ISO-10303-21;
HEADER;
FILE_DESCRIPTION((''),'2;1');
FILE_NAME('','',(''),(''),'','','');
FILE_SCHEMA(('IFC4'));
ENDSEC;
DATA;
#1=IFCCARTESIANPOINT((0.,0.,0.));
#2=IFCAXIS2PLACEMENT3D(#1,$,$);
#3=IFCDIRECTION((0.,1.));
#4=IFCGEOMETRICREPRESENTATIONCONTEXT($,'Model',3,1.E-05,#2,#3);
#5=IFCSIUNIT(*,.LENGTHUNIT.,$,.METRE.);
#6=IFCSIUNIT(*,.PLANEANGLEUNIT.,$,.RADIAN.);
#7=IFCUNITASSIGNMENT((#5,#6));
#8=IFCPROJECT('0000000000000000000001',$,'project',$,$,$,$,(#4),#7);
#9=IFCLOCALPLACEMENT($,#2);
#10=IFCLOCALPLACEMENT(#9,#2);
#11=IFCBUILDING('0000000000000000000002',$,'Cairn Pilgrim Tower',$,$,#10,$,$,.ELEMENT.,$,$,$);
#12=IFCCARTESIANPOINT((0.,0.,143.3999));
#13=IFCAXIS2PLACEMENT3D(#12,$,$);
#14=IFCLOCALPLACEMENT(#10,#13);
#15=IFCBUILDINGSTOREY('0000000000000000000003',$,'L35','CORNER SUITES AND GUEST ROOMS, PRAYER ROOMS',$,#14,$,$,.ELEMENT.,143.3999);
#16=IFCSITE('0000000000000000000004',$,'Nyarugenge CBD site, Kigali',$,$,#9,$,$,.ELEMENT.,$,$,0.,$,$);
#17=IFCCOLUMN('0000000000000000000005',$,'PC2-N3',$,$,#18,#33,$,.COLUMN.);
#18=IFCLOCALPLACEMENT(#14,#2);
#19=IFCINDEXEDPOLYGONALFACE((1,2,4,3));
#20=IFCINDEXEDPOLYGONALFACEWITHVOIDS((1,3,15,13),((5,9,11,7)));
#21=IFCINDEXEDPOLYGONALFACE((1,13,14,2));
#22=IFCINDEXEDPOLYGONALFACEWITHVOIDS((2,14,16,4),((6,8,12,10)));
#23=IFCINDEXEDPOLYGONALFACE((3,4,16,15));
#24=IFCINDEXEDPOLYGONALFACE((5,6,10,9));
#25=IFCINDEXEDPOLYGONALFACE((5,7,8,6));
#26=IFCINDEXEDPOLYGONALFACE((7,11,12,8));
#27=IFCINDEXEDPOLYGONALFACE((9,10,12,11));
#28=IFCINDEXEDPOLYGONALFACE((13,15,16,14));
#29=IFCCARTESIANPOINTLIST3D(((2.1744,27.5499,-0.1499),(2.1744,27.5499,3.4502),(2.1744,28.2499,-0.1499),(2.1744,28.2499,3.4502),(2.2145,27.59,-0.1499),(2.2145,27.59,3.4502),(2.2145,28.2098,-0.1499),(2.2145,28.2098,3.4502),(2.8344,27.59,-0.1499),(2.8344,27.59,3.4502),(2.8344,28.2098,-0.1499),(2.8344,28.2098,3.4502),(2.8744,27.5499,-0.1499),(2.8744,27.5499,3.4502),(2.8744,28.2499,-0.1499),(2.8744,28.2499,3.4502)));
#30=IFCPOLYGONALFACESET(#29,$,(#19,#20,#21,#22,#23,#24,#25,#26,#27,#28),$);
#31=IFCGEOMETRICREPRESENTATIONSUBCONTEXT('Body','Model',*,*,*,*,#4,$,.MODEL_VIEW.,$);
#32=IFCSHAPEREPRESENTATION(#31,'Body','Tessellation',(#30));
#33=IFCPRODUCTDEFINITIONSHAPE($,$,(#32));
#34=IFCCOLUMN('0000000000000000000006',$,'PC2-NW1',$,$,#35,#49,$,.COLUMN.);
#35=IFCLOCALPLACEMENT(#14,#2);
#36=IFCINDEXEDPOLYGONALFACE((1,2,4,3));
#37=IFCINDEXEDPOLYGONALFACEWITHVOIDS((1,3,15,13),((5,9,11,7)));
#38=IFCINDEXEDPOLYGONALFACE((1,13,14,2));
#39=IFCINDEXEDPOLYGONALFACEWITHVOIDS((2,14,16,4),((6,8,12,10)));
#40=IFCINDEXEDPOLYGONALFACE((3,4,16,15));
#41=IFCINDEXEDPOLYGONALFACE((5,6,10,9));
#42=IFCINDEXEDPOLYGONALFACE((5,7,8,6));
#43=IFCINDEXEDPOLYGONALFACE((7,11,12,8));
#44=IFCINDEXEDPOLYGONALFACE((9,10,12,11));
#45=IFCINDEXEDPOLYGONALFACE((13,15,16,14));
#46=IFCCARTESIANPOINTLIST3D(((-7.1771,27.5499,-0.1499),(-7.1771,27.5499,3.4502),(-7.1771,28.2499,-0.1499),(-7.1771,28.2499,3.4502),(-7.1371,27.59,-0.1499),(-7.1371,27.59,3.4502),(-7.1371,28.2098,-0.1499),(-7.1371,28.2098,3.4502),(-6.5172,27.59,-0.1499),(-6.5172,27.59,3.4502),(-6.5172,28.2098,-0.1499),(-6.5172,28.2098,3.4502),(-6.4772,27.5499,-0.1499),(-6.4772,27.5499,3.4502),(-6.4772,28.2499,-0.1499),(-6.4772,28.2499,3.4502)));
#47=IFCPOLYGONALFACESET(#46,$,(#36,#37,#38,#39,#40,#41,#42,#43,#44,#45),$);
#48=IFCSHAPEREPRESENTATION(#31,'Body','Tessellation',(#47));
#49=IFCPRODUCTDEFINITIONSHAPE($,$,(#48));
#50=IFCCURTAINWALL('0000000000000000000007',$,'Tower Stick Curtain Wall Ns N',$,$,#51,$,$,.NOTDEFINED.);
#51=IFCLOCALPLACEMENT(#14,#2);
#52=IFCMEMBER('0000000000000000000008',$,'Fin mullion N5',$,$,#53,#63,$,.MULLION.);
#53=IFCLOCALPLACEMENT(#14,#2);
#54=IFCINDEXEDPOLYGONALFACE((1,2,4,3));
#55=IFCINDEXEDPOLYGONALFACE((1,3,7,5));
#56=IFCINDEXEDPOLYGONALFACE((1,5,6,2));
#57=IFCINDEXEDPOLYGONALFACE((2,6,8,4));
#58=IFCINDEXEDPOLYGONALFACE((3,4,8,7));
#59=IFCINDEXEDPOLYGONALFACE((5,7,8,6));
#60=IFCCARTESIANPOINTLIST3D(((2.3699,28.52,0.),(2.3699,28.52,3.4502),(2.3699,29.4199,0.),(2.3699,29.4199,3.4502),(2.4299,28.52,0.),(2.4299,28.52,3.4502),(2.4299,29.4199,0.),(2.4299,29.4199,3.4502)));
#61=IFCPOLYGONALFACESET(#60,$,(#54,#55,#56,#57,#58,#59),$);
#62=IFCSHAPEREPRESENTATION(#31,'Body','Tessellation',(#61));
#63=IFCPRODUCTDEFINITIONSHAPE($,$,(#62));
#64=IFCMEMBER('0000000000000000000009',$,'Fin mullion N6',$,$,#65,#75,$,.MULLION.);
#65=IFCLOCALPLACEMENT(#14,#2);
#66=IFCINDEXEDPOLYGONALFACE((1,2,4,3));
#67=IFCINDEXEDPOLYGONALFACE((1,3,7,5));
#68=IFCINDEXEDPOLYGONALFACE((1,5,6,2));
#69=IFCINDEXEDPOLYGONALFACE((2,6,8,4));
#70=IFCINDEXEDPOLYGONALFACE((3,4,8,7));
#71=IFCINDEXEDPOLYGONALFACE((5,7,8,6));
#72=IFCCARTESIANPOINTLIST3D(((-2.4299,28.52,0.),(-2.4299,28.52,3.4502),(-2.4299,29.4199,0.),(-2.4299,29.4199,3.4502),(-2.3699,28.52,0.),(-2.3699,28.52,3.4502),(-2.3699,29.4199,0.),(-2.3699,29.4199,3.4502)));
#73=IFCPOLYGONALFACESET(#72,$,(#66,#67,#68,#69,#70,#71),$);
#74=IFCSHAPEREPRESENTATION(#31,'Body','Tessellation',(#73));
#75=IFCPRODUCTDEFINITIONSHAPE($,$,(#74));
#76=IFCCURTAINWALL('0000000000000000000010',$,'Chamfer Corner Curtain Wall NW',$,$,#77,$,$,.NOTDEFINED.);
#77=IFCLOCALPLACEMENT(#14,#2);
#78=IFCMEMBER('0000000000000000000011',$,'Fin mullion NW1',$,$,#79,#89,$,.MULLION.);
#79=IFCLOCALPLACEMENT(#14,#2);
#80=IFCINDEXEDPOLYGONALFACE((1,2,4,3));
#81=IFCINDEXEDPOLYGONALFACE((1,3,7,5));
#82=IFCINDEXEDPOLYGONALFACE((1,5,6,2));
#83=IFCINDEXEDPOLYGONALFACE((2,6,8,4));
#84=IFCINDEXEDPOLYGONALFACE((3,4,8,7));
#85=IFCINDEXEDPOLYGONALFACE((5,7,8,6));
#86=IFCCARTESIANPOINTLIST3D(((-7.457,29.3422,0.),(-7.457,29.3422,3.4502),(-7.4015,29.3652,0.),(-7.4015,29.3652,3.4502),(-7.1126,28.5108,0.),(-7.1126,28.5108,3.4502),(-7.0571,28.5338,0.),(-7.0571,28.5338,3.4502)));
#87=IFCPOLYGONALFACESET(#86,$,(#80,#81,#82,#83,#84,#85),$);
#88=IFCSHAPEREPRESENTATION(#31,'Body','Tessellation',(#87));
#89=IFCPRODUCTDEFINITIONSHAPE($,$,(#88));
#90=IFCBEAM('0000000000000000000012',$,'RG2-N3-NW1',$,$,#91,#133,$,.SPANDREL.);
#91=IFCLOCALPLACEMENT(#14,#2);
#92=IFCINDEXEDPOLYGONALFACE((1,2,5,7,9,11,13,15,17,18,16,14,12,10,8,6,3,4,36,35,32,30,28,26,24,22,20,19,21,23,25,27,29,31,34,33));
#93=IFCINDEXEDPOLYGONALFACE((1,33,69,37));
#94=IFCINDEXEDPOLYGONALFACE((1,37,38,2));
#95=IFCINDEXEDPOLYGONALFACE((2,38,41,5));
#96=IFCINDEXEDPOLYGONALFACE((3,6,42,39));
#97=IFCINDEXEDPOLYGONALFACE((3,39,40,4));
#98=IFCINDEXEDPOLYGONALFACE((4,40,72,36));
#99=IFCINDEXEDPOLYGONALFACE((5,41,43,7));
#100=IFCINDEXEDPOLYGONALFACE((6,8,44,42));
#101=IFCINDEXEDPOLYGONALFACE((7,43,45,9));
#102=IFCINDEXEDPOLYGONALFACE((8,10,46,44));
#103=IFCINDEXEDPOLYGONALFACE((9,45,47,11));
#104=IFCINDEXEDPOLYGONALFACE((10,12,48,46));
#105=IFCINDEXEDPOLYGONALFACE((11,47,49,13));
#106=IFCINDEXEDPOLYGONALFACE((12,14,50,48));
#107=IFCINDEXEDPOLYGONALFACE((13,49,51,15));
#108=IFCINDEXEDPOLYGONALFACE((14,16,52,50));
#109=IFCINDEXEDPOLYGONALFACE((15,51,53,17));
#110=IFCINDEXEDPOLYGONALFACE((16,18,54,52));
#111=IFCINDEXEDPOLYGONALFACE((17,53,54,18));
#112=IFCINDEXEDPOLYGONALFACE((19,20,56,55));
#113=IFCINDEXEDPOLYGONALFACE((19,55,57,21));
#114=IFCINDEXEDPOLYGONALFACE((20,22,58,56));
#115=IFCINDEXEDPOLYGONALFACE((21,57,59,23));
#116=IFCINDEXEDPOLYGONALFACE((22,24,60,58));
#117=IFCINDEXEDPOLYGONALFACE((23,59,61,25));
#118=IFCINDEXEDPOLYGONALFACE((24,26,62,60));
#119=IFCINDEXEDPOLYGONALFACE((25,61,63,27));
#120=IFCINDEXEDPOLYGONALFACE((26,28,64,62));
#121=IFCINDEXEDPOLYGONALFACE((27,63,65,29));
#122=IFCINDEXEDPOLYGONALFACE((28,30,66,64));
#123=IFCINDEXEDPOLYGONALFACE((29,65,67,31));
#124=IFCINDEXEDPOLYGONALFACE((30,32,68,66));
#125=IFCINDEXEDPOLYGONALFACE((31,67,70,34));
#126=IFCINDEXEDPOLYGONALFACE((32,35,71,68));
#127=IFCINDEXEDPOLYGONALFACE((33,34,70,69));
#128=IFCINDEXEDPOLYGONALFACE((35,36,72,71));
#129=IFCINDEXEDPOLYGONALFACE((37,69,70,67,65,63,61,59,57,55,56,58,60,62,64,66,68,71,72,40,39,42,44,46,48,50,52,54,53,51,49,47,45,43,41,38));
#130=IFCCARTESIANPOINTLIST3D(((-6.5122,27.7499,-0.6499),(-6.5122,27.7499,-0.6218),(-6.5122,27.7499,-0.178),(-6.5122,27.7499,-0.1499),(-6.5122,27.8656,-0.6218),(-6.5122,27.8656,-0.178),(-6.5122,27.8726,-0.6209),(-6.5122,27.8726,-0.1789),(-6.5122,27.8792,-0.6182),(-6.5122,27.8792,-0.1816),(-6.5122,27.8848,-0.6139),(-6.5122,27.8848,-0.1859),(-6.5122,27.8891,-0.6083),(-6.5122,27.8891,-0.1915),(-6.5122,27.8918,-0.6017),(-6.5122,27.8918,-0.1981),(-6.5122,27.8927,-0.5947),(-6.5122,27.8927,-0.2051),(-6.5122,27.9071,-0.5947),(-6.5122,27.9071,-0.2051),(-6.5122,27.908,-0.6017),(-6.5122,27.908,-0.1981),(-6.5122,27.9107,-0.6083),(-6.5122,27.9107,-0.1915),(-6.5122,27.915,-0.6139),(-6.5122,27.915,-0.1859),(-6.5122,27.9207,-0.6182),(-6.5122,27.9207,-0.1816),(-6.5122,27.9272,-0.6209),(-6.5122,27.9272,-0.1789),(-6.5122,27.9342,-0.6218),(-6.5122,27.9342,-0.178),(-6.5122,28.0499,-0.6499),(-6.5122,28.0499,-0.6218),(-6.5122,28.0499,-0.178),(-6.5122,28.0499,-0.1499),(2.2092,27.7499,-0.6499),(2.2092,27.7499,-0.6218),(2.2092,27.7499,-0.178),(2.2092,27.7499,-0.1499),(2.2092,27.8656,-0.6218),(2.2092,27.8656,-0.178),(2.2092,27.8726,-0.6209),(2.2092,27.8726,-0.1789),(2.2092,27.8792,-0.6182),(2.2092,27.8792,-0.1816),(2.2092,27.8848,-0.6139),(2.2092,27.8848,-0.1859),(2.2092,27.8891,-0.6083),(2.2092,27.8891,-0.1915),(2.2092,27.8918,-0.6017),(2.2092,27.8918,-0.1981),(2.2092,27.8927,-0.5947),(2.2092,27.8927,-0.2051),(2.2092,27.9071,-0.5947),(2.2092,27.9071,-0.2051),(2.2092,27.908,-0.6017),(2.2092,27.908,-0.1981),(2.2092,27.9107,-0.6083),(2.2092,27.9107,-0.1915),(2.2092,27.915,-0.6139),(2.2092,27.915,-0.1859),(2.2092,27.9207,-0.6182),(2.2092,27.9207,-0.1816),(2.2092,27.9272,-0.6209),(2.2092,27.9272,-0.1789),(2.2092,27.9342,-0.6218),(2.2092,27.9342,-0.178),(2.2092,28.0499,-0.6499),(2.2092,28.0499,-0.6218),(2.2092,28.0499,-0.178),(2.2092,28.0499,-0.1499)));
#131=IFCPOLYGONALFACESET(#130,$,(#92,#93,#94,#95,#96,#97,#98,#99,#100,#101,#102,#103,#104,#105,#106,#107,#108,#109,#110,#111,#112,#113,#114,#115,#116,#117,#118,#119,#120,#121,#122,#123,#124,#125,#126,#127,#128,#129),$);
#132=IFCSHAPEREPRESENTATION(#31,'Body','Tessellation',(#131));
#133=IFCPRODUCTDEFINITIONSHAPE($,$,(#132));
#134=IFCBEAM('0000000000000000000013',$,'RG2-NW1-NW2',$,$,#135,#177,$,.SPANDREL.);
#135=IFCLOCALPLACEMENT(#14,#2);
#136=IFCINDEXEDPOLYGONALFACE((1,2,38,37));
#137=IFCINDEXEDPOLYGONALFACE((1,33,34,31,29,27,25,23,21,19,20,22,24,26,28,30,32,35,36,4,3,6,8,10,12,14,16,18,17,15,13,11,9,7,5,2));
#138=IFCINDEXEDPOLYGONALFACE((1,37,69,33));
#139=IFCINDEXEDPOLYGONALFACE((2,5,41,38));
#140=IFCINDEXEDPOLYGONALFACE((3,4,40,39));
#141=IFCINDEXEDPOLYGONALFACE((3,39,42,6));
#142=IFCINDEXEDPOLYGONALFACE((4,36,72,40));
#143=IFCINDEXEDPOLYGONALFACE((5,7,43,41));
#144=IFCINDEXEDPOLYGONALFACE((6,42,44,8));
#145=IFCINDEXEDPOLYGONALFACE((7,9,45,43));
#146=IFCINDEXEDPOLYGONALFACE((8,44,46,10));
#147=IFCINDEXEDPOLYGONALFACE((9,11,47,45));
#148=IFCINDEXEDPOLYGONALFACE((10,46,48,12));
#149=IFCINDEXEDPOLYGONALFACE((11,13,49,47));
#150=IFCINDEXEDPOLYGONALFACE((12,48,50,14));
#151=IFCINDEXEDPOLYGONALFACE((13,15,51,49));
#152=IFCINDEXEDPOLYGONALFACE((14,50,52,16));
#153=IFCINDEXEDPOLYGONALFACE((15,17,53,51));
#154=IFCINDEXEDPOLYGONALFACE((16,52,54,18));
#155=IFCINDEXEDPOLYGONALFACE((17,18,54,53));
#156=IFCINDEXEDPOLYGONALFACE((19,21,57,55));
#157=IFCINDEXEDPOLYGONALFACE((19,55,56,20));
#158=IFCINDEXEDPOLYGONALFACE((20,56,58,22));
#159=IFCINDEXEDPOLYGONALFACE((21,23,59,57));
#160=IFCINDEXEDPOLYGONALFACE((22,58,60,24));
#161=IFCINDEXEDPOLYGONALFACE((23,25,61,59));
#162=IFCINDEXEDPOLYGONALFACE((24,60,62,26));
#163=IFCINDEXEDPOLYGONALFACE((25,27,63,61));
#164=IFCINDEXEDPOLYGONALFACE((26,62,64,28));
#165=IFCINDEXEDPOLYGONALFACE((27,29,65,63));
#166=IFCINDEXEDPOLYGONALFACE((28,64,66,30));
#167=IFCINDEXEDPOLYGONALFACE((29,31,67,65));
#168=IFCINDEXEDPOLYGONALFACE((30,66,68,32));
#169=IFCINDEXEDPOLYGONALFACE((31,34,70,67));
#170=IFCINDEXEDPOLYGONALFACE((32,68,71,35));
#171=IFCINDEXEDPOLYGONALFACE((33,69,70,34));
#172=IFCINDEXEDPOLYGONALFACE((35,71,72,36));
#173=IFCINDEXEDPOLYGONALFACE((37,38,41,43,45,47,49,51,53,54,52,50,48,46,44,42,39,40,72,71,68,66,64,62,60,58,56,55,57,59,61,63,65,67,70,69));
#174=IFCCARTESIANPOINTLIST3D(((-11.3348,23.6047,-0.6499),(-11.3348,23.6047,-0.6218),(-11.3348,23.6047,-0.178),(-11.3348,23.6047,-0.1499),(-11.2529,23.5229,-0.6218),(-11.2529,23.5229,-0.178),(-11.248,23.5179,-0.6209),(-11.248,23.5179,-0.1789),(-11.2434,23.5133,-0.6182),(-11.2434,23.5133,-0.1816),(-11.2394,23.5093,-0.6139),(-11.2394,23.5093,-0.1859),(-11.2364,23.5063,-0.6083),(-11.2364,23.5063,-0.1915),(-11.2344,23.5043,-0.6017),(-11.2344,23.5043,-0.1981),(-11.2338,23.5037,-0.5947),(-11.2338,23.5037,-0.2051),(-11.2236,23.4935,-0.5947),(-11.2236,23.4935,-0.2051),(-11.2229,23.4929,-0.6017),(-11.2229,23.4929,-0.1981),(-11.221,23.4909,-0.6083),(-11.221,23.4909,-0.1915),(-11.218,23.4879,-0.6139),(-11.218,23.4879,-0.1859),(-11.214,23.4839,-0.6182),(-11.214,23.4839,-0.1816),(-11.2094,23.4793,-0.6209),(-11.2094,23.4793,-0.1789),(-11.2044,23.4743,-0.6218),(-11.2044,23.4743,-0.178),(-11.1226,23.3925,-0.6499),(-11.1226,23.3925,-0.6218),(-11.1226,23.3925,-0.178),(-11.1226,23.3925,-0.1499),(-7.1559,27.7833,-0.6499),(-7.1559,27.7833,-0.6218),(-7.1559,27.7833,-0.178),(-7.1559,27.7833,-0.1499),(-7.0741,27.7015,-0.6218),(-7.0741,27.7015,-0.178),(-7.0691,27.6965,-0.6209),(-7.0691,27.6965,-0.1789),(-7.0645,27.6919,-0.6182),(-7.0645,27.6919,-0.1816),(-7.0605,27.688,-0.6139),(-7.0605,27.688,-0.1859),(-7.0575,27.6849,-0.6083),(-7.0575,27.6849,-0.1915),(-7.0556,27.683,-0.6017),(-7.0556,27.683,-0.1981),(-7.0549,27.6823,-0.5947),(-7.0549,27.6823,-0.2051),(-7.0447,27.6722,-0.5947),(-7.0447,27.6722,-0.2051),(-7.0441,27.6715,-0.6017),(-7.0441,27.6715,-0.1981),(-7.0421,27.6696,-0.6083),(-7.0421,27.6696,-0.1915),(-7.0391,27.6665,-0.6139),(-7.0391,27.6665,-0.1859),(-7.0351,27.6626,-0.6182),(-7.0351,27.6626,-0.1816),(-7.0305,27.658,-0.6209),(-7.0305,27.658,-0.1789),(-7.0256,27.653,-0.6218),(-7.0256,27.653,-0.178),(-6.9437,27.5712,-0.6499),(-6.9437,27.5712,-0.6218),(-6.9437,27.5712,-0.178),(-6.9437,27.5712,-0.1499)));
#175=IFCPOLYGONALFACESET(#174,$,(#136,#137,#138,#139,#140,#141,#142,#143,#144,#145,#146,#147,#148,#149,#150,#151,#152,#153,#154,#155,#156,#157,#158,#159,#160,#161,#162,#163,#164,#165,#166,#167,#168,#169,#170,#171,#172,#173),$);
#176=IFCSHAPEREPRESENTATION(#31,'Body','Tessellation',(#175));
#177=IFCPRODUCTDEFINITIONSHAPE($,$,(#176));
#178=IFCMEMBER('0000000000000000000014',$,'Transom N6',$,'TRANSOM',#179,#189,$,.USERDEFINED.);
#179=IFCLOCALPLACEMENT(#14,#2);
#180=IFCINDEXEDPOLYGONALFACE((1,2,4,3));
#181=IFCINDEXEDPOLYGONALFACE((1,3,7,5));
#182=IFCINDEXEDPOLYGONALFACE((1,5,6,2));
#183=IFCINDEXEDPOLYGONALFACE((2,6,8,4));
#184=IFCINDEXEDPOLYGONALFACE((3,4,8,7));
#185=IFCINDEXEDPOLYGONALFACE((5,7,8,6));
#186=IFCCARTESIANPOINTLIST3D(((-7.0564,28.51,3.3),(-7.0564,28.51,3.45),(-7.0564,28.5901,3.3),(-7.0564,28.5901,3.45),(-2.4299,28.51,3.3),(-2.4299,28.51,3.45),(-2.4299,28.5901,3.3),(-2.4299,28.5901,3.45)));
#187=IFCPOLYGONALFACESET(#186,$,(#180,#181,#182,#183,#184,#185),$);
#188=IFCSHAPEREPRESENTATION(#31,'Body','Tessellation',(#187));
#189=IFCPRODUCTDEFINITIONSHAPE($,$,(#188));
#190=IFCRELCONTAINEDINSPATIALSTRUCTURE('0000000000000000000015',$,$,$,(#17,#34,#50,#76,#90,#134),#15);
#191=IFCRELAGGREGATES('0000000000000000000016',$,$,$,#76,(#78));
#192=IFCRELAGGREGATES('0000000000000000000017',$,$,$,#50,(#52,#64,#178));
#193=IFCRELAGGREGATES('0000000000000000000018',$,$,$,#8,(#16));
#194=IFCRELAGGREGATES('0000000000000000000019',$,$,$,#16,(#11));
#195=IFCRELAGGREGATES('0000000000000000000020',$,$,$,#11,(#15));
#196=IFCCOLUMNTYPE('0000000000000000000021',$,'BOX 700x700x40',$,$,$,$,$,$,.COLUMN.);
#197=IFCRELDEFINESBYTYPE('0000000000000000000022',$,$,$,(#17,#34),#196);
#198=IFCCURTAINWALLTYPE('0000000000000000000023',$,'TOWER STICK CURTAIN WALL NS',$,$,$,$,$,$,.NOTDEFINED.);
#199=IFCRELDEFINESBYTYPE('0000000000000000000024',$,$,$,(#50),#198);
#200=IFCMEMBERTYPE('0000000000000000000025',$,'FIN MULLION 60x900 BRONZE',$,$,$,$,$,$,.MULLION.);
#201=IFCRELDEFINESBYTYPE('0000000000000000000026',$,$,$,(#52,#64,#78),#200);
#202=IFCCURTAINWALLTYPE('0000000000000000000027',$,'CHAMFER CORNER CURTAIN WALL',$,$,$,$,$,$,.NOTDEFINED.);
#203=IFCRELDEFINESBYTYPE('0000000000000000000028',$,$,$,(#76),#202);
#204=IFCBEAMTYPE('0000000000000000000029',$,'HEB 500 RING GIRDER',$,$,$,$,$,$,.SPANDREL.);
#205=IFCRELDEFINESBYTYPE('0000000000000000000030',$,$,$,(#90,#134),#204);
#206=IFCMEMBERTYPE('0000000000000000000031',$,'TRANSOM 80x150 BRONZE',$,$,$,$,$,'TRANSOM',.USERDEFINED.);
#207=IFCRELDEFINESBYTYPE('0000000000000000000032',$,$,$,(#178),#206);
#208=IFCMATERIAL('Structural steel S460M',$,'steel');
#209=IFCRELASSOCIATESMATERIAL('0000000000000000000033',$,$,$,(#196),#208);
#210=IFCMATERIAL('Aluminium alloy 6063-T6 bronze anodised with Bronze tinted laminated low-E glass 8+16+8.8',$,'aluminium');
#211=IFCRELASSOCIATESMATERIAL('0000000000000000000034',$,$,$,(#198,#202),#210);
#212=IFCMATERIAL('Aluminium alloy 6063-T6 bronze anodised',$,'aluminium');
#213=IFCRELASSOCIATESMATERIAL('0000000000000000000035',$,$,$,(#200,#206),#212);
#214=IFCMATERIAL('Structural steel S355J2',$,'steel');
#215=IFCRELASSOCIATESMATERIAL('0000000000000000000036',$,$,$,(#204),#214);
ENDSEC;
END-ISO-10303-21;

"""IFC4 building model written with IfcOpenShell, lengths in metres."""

from ifc_helpers import new_model, si_unit, direction, frame, origin, origin_2d, place, context, subcontext, project, spatial, rectangle, hollow_rectangle, i_section, extrude, material, material_profile, profile_set, type_object, element, aggregate, save


model = new_model("IFC4")

# Units and contexts
model_context = context("Model", 3, precision=1e-05, world=origin(), true_north=direction((0.0, 1.0)))
body_context = subcontext(model_context, "Body", "Model", "MODEL_VIEW")
ifc_project = project(units=[si_unit("LENGTHUNIT", "METRE"), si_unit("PLANEANGLEUNIT", "RADIAN")], contexts=[model_context])

# Site, building, storey
site_placement = place(None, origin())
site = spatial("IfcSite", under=ifc_project, at=site_placement, Name="Nyarugenge CBD site, Kigali", CompositionType="ELEMENT", RefElevation=0.0)
building_placement = place(site_placement, origin())
building = spatial("IfcBuilding", under=site, at=building_placement, Name="Cairn Pilgrim Tower", CompositionType="ELEMENT")
storey_placement = place(building_placement, frame((0.0, 0.0, 143.3999)))
storey = spatial("IfcBuildingStorey", under=building, at=storey_placement, Name="L35", Description="CORNER SUITES AND GUEST ROOMS, PRAYER ROOMS", CompositionType="ELEMENT", Elevation=143.3999)

# Columns
ifc_material_1 = material(Name="Structural steel S460M", Category="steel")
ifc_material_profile_1 = material_profile(ifc_material_1, hollow_rectangle(XDim=0.7, YDim=0.7, WallThickness=0.04, at=origin_2d()), Name="BOX 700x700x40")
ifc_profile_set_1 = profile_set([ifc_material_profile_1], Name="Structural steel S460M")
column_type = type_object("IfcColumnType", Name="BOX 700x700x40", PredefinedType="COLUMN", material=ifc_profile_set_1)
for number, where, z_axis, x_axis, name in (
    (1, (2.5244, 27.8999, -0.1499), (0.0, 0.0, 1.0), (1.0, 0.0, 0.0), "PC2-N3"),
    (2, (-6.8271, 27.8999, -0.1499), (0.0, 0.0, 1.0), (1.0, 0.0, 0.0), "PC2-NW1"),
):
    element("IfcColumn", number, at=place(storey_placement, frame(where, z_axis=z_axis, x_axis=x_axis)), inside=storey, type_object=column_type, Name=name, PredefinedType="COLUMN", context=body_context, shape_type="SweptSolid", body=[
        extrude(hollow_rectangle(XDim=0.7, YDim=0.7, WallThickness=0.04, at=origin_2d()), origin(), (0.0, 0.0, 1.0), 3.6001),
    ])

# Curtain wall, members
ifc_material_2 = material(Name="Aluminium alloy 6063-T6 bronze anodised with Bronze tinted laminated low-E glass 8+16+8.8", Category="aluminium")
curtain_wall_type_1 = type_object("IfcCurtainWallType", Name="TOWER STICK CURTAIN WALL NS", PredefinedType="NOTDEFINED", material=ifc_material_2)
curtain_wall_1_placement = place(storey_placement, origin())
curtain_wall_1 = element("IfcCurtainWall", 3, at=curtain_wall_1_placement, inside=storey, type_object=curtain_wall_type_1, Name="Tower Stick Curtain Wall Ns N", PredefinedType="NOTDEFINED")
ifc_material_3 = material(Name="Aluminium alloy 6063-T6 bronze anodised", Category="aluminium")
ifc_material_profile_2 = material_profile(ifc_material_3, rectangle(XDim=0.8999, YDim=0.0601, at=origin_2d()), Name="FIN MULLION 60x900 BRONZE")
ifc_profile_set_2 = profile_set([ifc_material_profile_2], Name="Aluminium alloy 6063-T6 bronze anodised")
member_type_1 = type_object("IfcMemberType", Name="FIN MULLION 60x900 BRONZE", PredefinedType="MULLION", material=ifc_profile_set_2)
member_1_placement = place(storey_placement, frame((2.3999, 28.97, 0.0), z_axis=(0.0, 0.0, 1.0), x_axis=(0.0, 1.0, 0.0)))
member_1 = element("IfcMember", 4, at=member_1_placement, type_object=member_type_1, Name="Fin mullion N5", PredefinedType="MULLION", context=body_context, shape_type="SweptSolid", body=[
    extrude(rectangle(XDim=0.8999, YDim=0.0601, at=origin_2d()), origin(), (0.0, 0.0, 1.0), 3.4502),
])
member_2_placement = place(storey_placement, frame((-2.3999, 28.97, 0.0), z_axis=(0.0, 0.0, 1.0), x_axis=(0.0, 1.0, 0.0)))
member_2 = element("IfcMember", 5, at=member_2_placement, type_object=member_type_1, Name="Fin mullion N6", PredefinedType="MULLION", context=body_context, shape_type="SweptSolid", body=[
    extrude(rectangle(XDim=0.8999, YDim=0.0601, at=origin_2d()), origin(), (0.0, 0.0, 1.0), 3.4502),
])

# Curtain wall, member
curtain_wall_type_2 = type_object("IfcCurtainWallType", Name="CHAMFER CORNER CURTAIN WALL", PredefinedType="NOTDEFINED", material=ifc_material_2)
curtain_wall_2_placement = place(storey_placement, origin())
curtain_wall_2 = element("IfcCurtainWall", 6, at=curtain_wall_2_placement, inside=storey, type_object=curtain_wall_type_2, Name="Chamfer Corner Curtain Wall NW", PredefinedType="NOTDEFINED")
member_3_placement = place(storey_placement, frame((-7.2571, 28.938, 0.0), z_axis=(0.0, 0.0, 1.0), x_axis=(-0.382683, 0.92388, 0.0)))
member_3 = element("IfcMember", 7, at=member_3_placement, type_object=member_type_1, Name="Fin mullion NW1", PredefinedType="MULLION", context=body_context, shape_type="SweptSolid", body=[
    extrude(rectangle(XDim=0.8999, YDim=0.0601, at=origin_2d()), origin(), (0.0, 0.0, 1.0), 3.4502),
])
aggregate(curtain_wall_2, [member_3])

# Beams
ifc_material_4 = material(Name="Structural steel S355J2", Category="steel")
ifc_material_profile_3 = material_profile(ifc_material_4, i_section(OverallWidth=0.3, OverallDepth=0.5, WebThickness=0.0144, FlangeThickness=0.0281, FilletRadius=0.0271, at=origin_2d()), Name="HEB 500")
ifc_profile_set_3 = profile_set([ifc_material_profile_3], Name="Structural steel S355J2")
beam_type = type_object("IfcBeamType", Name="HEB 500 RING GIRDER", PredefinedType="SPANDREL", material=ifc_profile_set_3)
beam_1_placement = place(storey_placement, frame((2.2092, 27.8999, -0.3999), z_axis=(-1.0, 0.0, 0.0), x_axis=(0.0, -1.0, 0.0)))
element("IfcBeam", 8, at=beam_1_placement, inside=storey, type_object=beam_type, Name="RG2-N3-NW1", PredefinedType="SPANDREL", context=body_context, shape_type="SweptSolid", body=[
    extrude(i_section(OverallWidth=0.3, OverallDepth=0.5, WebThickness=0.0144, FlangeThickness=0.0281, FilletRadius=0.0271, at=origin_2d()), origin(), (0.0, 0.0, 1.0), 8.7214),
])
beam_2_placement = place(storey_placement, frame((-7.0498, 27.6772, -0.3999), z_axis=(-0.707127, -0.707086, 0.0), x_axis=(0.707086, -0.707127, 0.0)))
element("IfcBeam", 9, at=beam_2_placement, inside=storey, type_object=beam_type, Name="RG2-NW1-NW2", PredefinedType="SPANDREL", context=body_context, shape_type="SweptSolid", body=[
    extrude(i_section(OverallWidth=0.3, OverallDepth=0.5, WebThickness=0.0144, FlangeThickness=0.0281, FilletRadius=0.0271, at=origin_2d()), origin(), (0.0, 0.0, 1.0), 5.9097),
])

# Member
ifc_material_profile_4 = material_profile(ifc_material_3, rectangle(XDim=0.0801, YDim=0.1499, at=origin_2d()), Name="TRANSOM 80x150 BRONZE")
ifc_profile_set_4 = profile_set([ifc_material_profile_4], Name="Aluminium alloy 6063-T6 bronze anodised")
member_type_2 = type_object("IfcMemberType", Name="TRANSOM 80x150 BRONZE", ElementType="TRANSOM", PredefinedType="USERDEFINED", material=ifc_profile_set_4)
member_4_placement = place(storey_placement, frame((-2.4299, 28.55, 3.375), z_axis=(-1.0, 0.0, 0.0), x_axis=(0.0, -1.0, 0.0)))
member_4 = element("IfcMember", 10, at=member_4_placement, type_object=member_type_2, Name="Transom N6", ObjectType="TRANSOM", PredefinedType="USERDEFINED", context=body_context, shape_type="SweptSolid", body=[
    extrude(rectangle(XDim=0.0801, YDim=0.1499, at=origin_2d()), origin(), (0.0, 0.0, 1.0), 4.6265),
])

aggregate(curtain_wall_1, [member_1, member_2, member_4])

save(model, "model.ifc")
